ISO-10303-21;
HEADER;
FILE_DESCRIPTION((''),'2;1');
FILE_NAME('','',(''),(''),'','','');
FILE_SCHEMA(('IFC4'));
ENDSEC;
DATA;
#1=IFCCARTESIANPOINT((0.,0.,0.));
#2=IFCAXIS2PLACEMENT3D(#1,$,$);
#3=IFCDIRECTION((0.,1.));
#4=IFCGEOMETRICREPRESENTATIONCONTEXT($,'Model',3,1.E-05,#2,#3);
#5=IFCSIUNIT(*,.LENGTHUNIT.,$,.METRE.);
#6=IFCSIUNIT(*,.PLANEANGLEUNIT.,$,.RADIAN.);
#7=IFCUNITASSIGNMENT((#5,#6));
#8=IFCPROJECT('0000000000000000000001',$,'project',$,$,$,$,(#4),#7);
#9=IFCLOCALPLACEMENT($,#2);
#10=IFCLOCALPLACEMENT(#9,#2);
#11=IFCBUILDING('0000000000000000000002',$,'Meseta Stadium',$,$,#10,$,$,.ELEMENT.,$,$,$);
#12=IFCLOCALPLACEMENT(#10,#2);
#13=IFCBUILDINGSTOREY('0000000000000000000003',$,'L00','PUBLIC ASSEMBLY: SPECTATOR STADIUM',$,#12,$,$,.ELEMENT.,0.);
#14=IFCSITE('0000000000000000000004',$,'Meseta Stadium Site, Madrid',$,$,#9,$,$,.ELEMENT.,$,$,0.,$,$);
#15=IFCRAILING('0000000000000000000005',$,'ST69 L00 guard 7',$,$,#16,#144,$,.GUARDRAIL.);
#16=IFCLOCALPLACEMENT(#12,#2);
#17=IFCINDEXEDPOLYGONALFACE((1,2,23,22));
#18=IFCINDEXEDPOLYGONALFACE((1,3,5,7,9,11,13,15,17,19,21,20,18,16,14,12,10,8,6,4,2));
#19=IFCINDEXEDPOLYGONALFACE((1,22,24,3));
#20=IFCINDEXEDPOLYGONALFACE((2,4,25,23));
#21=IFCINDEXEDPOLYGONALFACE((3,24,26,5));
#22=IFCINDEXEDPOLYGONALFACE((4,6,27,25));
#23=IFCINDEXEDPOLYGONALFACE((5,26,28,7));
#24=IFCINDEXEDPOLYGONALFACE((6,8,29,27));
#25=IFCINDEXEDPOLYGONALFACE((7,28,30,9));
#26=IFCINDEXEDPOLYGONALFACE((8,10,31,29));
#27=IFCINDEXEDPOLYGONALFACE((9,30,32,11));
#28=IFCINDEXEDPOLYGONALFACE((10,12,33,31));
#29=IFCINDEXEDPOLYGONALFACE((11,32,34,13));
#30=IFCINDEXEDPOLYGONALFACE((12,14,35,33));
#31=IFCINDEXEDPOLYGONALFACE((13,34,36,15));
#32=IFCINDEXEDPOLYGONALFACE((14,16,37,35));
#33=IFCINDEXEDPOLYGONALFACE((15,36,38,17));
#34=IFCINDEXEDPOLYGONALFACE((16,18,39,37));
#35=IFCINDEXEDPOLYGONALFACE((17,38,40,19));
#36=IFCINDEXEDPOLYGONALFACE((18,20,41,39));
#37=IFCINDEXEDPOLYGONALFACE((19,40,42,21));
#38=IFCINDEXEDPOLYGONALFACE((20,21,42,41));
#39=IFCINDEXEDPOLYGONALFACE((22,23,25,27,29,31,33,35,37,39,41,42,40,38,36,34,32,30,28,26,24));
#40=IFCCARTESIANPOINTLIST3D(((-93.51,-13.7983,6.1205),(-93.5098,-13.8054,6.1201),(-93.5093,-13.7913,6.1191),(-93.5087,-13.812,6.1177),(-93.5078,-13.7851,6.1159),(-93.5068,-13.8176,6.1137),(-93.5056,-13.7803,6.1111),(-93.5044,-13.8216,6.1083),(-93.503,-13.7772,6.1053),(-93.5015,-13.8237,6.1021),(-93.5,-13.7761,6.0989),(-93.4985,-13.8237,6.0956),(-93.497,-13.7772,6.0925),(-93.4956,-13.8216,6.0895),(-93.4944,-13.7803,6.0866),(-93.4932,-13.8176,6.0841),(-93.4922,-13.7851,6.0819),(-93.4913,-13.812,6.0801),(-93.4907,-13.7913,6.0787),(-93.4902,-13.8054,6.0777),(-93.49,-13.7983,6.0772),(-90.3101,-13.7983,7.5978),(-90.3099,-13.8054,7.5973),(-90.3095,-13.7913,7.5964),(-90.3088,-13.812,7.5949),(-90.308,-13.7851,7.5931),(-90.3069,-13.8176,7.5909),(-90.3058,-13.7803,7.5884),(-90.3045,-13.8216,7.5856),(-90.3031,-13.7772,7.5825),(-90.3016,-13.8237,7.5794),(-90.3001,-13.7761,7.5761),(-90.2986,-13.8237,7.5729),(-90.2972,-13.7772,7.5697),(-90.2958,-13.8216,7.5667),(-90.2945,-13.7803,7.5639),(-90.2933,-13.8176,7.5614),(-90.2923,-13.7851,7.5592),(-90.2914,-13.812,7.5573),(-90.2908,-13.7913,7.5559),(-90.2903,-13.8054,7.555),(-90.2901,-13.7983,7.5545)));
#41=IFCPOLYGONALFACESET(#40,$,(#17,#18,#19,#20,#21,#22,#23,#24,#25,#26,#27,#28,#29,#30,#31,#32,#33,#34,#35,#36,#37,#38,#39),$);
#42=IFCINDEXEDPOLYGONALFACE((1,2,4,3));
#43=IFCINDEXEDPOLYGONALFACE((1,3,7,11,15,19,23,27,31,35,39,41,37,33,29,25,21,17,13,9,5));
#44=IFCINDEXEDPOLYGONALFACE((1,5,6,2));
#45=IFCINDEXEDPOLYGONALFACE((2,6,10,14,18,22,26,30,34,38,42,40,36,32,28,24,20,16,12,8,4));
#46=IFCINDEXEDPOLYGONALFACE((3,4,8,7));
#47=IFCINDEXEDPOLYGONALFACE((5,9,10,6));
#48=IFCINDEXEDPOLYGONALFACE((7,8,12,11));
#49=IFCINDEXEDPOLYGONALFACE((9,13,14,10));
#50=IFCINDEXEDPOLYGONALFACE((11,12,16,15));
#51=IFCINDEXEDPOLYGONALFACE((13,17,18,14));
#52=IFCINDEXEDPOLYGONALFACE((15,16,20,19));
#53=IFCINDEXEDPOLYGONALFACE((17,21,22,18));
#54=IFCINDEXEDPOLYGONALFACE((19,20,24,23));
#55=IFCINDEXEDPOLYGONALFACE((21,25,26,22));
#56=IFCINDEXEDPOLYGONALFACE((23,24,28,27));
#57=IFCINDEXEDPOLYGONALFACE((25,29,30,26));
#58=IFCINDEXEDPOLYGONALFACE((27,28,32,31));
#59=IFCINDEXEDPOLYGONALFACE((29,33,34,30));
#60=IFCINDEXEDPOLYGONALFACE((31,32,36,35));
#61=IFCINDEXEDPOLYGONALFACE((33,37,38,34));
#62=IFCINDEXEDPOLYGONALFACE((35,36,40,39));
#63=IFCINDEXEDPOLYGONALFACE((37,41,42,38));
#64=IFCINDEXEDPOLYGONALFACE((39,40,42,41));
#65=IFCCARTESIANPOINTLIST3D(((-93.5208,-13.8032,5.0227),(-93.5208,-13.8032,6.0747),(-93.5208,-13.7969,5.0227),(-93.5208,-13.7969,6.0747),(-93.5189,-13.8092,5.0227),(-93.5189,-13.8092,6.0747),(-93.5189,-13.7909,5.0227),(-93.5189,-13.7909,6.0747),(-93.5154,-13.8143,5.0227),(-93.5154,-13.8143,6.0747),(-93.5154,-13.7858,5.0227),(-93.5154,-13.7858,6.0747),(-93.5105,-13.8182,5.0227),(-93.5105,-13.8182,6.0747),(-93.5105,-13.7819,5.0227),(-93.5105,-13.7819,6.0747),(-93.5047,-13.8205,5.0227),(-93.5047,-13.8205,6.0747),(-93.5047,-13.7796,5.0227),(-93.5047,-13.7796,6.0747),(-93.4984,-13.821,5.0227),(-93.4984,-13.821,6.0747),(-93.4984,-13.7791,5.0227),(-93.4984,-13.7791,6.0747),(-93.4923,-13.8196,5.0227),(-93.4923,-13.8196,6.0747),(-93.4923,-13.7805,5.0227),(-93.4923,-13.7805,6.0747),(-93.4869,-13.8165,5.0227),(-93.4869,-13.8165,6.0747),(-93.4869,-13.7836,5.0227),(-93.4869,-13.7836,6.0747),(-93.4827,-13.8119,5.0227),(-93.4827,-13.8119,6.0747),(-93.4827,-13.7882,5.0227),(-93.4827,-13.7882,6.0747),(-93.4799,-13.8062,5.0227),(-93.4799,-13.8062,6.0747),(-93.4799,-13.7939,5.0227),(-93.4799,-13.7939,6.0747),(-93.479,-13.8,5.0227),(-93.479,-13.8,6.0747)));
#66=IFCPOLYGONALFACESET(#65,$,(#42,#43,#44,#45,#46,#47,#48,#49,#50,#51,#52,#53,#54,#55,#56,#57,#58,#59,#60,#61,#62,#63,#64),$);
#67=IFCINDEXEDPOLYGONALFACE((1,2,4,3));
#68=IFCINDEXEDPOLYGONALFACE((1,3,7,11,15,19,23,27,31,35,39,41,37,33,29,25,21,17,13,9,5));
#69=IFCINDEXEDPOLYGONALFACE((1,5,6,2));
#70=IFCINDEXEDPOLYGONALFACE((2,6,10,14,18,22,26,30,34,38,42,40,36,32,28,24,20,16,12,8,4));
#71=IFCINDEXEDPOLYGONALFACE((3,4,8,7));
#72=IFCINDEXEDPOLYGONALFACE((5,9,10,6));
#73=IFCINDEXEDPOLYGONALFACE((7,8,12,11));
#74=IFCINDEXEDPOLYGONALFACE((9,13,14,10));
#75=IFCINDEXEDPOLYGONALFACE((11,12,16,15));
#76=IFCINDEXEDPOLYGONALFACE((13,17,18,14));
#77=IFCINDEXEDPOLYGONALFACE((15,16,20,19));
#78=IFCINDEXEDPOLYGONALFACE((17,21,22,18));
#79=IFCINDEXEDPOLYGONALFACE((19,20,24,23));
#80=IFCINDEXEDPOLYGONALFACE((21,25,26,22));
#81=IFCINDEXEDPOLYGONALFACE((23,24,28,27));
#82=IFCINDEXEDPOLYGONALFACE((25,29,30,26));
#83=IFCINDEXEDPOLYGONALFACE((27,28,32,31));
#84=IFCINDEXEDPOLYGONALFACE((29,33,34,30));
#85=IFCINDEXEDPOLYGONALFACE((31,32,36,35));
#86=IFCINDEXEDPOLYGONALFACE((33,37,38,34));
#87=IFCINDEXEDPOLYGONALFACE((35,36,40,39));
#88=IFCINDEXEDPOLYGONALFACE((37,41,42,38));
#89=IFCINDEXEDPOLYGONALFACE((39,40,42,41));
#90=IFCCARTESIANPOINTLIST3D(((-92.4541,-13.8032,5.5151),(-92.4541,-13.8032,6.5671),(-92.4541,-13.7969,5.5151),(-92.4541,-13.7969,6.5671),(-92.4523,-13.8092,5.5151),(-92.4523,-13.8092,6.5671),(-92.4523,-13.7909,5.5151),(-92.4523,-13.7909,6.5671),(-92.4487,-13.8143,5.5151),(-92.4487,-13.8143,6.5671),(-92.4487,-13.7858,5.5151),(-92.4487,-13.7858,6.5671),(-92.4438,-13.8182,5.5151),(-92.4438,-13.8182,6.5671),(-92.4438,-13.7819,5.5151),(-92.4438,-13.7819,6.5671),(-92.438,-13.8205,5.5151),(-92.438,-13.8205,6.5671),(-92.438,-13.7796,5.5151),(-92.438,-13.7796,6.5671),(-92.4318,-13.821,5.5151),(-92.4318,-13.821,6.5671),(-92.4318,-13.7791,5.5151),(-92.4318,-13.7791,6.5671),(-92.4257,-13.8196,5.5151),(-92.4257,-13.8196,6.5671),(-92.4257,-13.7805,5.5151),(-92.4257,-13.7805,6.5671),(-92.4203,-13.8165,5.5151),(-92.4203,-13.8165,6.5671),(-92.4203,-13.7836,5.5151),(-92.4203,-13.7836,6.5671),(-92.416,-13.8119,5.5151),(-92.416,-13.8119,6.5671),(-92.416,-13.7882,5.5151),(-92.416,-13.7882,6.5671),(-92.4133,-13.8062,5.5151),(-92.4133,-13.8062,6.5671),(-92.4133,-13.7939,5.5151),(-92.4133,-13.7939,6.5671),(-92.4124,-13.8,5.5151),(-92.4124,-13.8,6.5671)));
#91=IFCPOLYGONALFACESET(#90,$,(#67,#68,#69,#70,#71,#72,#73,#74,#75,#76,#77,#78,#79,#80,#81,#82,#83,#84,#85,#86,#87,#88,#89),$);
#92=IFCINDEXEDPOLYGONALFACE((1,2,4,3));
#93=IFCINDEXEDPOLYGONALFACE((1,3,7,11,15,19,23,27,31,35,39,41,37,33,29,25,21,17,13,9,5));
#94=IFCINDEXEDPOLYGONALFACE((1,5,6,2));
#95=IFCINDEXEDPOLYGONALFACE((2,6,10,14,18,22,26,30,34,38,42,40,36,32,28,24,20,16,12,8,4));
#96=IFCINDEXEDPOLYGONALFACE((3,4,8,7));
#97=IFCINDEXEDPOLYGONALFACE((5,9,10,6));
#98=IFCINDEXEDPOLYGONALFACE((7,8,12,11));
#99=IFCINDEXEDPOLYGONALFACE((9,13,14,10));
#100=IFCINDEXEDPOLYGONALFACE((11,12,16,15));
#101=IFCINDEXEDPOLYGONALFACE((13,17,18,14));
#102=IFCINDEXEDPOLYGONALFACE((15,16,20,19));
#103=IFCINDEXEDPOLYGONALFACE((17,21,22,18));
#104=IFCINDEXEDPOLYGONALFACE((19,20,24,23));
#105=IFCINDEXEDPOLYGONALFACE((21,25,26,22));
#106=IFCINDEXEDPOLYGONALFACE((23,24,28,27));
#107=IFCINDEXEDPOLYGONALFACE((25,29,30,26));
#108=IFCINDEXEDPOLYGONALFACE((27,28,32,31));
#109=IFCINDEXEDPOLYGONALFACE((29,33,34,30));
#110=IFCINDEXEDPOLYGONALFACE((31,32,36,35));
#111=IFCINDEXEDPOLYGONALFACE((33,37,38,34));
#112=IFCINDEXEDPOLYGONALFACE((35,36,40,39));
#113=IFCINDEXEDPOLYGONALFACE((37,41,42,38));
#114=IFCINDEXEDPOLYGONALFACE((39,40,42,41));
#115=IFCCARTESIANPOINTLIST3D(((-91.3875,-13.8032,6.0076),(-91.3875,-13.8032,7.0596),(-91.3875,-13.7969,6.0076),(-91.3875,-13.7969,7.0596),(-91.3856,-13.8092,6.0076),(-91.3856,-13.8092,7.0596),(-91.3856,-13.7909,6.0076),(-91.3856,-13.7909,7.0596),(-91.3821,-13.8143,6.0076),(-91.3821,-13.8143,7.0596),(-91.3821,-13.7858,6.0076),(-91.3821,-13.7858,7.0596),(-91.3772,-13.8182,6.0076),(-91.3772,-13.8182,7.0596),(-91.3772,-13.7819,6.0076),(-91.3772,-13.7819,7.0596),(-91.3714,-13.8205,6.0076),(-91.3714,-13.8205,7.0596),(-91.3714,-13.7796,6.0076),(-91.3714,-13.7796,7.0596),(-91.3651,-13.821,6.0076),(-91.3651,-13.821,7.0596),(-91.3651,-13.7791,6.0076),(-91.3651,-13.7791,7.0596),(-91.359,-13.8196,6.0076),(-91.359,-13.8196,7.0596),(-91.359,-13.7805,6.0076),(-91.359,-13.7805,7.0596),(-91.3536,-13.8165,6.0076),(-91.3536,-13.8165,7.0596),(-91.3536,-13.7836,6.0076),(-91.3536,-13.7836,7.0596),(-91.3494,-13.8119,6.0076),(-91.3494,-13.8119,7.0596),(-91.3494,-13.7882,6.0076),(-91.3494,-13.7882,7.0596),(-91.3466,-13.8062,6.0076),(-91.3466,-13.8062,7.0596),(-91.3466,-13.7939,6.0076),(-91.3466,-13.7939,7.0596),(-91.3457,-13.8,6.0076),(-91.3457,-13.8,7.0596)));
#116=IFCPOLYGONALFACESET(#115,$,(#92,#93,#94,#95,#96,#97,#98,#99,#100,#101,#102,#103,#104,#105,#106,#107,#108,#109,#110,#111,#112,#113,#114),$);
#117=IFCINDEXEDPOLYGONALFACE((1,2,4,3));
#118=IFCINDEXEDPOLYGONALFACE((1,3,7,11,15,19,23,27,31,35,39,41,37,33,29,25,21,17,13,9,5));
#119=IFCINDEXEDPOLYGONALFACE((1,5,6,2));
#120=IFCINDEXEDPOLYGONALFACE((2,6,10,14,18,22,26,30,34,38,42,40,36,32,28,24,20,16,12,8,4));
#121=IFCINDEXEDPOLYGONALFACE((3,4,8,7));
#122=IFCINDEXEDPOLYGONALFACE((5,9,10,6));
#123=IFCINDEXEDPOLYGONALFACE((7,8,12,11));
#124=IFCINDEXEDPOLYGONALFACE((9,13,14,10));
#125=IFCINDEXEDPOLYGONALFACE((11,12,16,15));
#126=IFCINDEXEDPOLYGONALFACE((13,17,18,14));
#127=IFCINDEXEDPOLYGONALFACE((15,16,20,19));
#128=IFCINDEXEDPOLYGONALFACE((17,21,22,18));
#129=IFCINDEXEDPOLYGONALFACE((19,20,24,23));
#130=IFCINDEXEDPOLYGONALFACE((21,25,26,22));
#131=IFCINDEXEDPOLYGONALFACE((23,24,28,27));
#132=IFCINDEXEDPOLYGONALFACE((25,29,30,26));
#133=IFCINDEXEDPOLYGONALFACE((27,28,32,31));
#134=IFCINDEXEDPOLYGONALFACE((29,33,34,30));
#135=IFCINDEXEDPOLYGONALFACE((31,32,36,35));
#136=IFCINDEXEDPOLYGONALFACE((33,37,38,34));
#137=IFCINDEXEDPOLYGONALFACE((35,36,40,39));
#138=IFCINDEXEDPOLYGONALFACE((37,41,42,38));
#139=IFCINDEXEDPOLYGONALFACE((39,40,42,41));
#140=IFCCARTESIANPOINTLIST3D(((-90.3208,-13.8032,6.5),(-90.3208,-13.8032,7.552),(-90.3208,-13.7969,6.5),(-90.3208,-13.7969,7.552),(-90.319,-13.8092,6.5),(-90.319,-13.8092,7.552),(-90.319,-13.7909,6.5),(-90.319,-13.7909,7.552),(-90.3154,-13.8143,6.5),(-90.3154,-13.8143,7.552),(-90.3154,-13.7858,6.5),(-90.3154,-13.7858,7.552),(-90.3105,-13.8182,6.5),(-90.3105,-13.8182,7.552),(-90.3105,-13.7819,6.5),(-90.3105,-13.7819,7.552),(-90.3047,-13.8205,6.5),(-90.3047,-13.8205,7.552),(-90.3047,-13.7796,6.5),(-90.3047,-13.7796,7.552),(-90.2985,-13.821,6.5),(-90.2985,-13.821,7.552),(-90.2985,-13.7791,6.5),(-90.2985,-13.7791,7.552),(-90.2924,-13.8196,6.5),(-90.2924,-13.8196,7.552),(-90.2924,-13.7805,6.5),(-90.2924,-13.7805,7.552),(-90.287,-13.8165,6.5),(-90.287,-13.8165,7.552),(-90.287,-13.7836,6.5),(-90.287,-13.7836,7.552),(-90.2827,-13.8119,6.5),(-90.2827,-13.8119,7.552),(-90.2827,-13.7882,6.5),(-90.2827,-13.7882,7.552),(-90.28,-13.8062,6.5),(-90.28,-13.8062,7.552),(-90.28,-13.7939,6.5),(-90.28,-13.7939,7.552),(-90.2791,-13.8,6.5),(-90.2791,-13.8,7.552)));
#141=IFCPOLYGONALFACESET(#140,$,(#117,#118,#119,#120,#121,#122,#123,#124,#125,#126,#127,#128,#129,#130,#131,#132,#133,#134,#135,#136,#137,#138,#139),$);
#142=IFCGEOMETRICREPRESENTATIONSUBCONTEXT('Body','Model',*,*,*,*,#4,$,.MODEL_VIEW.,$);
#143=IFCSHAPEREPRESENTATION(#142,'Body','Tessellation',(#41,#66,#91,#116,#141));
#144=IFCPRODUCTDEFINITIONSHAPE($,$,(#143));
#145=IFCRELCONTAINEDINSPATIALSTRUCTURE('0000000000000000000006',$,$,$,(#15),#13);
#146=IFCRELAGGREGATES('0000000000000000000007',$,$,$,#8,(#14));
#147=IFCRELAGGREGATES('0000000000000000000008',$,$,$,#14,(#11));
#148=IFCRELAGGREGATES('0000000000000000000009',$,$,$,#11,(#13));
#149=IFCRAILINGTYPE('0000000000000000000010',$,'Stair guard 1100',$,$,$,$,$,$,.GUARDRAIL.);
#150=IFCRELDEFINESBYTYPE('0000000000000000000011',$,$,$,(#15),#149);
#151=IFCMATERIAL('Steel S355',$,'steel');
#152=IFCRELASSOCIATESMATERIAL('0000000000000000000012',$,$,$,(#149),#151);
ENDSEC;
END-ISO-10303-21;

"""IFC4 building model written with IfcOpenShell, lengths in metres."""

from ifc_helpers import new_model, si_unit, direction, frame, origin, origin_2d, place, context, subcontext, project, spatial, circle, extrude, material, type_object, element, save


model = new_model("IFC4")

# Units and contexts
model_context = context("Model", 3, precision=1e-05, world=origin(), true_north=direction((0.0, 1.0)))
body_context = subcontext(model_context, "Body", "Model", "MODEL_VIEW")
ifc_project = project(units=[si_unit("LENGTHUNIT", "METRE"), si_unit("PLANEANGLEUNIT", "RADIAN")], contexts=[model_context])

# Site, building, storey
site_placement = place(None, origin())
site = spatial("IfcSite", under=ifc_project, at=site_placement, Name="Meseta Stadium Site, Madrid", CompositionType="ELEMENT", RefElevation=0.0)
building_placement = place(site_placement, origin())
building = spatial("IfcBuilding", under=site, at=building_placement, Name="Meseta Stadium", CompositionType="ELEMENT")
storey_placement = place(building_placement, origin())
storey = spatial("IfcBuildingStorey", under=building, at=storey_placement, Name="L00", Description="PUBLIC ASSEMBLY: SPECTATOR STADIUM", CompositionType="ELEMENT", Elevation=0.0)

# Railing
ifc_material_1 = material(Name="Steel S355", Category="steel")
railing_type_1 = type_object("IfcRailingType", Name="Stair guard 1100", PredefinedType="GUARDRAIL", material=ifc_material_1)
railing_1_placement = place(storey_placement, frame((-93.5, -13.8, 5.0227)))
element("IfcRailing", 1, at=railing_1_placement, inside=storey, type_object=railing_type_1, Name="ST69 L00 guard 7", PredefinedType="GUARDRAIL", context=body_context, shape_type="SweptSolid", body=[
    extrude(circle(Radius=0.0239, at=origin_2d()), frame((0.0, 0.0, 1.0762), z_axis=(0.907917, 0.0, 0.41915), x_axis=(0.0, 1.0, 0.0)), (0.0, 0.0, 1.0), 3.5244),
    extrude(circle(Radius=0.021, at=origin_2d()), origin(), (0.0, 0.0, 1.0), 1.052),
    extrude(circle(Radius=0.021, at=origin_2d()), frame((1.0667, 0.0, 0.4924)), (0.0, 0.0, 1.0), 1.052),
    extrude(circle(Radius=0.021, at=origin_2d()), frame((2.1333, 0.0, 0.9849)), (0.0, 0.0, 1.0), 1.052),
    extrude(circle(Radius=0.021, at=origin_2d()), frame((3.2, 0.0, 1.4773)), (0.0, 0.0, 1.0), 1.052),
])

save(model, "model.ifc")
